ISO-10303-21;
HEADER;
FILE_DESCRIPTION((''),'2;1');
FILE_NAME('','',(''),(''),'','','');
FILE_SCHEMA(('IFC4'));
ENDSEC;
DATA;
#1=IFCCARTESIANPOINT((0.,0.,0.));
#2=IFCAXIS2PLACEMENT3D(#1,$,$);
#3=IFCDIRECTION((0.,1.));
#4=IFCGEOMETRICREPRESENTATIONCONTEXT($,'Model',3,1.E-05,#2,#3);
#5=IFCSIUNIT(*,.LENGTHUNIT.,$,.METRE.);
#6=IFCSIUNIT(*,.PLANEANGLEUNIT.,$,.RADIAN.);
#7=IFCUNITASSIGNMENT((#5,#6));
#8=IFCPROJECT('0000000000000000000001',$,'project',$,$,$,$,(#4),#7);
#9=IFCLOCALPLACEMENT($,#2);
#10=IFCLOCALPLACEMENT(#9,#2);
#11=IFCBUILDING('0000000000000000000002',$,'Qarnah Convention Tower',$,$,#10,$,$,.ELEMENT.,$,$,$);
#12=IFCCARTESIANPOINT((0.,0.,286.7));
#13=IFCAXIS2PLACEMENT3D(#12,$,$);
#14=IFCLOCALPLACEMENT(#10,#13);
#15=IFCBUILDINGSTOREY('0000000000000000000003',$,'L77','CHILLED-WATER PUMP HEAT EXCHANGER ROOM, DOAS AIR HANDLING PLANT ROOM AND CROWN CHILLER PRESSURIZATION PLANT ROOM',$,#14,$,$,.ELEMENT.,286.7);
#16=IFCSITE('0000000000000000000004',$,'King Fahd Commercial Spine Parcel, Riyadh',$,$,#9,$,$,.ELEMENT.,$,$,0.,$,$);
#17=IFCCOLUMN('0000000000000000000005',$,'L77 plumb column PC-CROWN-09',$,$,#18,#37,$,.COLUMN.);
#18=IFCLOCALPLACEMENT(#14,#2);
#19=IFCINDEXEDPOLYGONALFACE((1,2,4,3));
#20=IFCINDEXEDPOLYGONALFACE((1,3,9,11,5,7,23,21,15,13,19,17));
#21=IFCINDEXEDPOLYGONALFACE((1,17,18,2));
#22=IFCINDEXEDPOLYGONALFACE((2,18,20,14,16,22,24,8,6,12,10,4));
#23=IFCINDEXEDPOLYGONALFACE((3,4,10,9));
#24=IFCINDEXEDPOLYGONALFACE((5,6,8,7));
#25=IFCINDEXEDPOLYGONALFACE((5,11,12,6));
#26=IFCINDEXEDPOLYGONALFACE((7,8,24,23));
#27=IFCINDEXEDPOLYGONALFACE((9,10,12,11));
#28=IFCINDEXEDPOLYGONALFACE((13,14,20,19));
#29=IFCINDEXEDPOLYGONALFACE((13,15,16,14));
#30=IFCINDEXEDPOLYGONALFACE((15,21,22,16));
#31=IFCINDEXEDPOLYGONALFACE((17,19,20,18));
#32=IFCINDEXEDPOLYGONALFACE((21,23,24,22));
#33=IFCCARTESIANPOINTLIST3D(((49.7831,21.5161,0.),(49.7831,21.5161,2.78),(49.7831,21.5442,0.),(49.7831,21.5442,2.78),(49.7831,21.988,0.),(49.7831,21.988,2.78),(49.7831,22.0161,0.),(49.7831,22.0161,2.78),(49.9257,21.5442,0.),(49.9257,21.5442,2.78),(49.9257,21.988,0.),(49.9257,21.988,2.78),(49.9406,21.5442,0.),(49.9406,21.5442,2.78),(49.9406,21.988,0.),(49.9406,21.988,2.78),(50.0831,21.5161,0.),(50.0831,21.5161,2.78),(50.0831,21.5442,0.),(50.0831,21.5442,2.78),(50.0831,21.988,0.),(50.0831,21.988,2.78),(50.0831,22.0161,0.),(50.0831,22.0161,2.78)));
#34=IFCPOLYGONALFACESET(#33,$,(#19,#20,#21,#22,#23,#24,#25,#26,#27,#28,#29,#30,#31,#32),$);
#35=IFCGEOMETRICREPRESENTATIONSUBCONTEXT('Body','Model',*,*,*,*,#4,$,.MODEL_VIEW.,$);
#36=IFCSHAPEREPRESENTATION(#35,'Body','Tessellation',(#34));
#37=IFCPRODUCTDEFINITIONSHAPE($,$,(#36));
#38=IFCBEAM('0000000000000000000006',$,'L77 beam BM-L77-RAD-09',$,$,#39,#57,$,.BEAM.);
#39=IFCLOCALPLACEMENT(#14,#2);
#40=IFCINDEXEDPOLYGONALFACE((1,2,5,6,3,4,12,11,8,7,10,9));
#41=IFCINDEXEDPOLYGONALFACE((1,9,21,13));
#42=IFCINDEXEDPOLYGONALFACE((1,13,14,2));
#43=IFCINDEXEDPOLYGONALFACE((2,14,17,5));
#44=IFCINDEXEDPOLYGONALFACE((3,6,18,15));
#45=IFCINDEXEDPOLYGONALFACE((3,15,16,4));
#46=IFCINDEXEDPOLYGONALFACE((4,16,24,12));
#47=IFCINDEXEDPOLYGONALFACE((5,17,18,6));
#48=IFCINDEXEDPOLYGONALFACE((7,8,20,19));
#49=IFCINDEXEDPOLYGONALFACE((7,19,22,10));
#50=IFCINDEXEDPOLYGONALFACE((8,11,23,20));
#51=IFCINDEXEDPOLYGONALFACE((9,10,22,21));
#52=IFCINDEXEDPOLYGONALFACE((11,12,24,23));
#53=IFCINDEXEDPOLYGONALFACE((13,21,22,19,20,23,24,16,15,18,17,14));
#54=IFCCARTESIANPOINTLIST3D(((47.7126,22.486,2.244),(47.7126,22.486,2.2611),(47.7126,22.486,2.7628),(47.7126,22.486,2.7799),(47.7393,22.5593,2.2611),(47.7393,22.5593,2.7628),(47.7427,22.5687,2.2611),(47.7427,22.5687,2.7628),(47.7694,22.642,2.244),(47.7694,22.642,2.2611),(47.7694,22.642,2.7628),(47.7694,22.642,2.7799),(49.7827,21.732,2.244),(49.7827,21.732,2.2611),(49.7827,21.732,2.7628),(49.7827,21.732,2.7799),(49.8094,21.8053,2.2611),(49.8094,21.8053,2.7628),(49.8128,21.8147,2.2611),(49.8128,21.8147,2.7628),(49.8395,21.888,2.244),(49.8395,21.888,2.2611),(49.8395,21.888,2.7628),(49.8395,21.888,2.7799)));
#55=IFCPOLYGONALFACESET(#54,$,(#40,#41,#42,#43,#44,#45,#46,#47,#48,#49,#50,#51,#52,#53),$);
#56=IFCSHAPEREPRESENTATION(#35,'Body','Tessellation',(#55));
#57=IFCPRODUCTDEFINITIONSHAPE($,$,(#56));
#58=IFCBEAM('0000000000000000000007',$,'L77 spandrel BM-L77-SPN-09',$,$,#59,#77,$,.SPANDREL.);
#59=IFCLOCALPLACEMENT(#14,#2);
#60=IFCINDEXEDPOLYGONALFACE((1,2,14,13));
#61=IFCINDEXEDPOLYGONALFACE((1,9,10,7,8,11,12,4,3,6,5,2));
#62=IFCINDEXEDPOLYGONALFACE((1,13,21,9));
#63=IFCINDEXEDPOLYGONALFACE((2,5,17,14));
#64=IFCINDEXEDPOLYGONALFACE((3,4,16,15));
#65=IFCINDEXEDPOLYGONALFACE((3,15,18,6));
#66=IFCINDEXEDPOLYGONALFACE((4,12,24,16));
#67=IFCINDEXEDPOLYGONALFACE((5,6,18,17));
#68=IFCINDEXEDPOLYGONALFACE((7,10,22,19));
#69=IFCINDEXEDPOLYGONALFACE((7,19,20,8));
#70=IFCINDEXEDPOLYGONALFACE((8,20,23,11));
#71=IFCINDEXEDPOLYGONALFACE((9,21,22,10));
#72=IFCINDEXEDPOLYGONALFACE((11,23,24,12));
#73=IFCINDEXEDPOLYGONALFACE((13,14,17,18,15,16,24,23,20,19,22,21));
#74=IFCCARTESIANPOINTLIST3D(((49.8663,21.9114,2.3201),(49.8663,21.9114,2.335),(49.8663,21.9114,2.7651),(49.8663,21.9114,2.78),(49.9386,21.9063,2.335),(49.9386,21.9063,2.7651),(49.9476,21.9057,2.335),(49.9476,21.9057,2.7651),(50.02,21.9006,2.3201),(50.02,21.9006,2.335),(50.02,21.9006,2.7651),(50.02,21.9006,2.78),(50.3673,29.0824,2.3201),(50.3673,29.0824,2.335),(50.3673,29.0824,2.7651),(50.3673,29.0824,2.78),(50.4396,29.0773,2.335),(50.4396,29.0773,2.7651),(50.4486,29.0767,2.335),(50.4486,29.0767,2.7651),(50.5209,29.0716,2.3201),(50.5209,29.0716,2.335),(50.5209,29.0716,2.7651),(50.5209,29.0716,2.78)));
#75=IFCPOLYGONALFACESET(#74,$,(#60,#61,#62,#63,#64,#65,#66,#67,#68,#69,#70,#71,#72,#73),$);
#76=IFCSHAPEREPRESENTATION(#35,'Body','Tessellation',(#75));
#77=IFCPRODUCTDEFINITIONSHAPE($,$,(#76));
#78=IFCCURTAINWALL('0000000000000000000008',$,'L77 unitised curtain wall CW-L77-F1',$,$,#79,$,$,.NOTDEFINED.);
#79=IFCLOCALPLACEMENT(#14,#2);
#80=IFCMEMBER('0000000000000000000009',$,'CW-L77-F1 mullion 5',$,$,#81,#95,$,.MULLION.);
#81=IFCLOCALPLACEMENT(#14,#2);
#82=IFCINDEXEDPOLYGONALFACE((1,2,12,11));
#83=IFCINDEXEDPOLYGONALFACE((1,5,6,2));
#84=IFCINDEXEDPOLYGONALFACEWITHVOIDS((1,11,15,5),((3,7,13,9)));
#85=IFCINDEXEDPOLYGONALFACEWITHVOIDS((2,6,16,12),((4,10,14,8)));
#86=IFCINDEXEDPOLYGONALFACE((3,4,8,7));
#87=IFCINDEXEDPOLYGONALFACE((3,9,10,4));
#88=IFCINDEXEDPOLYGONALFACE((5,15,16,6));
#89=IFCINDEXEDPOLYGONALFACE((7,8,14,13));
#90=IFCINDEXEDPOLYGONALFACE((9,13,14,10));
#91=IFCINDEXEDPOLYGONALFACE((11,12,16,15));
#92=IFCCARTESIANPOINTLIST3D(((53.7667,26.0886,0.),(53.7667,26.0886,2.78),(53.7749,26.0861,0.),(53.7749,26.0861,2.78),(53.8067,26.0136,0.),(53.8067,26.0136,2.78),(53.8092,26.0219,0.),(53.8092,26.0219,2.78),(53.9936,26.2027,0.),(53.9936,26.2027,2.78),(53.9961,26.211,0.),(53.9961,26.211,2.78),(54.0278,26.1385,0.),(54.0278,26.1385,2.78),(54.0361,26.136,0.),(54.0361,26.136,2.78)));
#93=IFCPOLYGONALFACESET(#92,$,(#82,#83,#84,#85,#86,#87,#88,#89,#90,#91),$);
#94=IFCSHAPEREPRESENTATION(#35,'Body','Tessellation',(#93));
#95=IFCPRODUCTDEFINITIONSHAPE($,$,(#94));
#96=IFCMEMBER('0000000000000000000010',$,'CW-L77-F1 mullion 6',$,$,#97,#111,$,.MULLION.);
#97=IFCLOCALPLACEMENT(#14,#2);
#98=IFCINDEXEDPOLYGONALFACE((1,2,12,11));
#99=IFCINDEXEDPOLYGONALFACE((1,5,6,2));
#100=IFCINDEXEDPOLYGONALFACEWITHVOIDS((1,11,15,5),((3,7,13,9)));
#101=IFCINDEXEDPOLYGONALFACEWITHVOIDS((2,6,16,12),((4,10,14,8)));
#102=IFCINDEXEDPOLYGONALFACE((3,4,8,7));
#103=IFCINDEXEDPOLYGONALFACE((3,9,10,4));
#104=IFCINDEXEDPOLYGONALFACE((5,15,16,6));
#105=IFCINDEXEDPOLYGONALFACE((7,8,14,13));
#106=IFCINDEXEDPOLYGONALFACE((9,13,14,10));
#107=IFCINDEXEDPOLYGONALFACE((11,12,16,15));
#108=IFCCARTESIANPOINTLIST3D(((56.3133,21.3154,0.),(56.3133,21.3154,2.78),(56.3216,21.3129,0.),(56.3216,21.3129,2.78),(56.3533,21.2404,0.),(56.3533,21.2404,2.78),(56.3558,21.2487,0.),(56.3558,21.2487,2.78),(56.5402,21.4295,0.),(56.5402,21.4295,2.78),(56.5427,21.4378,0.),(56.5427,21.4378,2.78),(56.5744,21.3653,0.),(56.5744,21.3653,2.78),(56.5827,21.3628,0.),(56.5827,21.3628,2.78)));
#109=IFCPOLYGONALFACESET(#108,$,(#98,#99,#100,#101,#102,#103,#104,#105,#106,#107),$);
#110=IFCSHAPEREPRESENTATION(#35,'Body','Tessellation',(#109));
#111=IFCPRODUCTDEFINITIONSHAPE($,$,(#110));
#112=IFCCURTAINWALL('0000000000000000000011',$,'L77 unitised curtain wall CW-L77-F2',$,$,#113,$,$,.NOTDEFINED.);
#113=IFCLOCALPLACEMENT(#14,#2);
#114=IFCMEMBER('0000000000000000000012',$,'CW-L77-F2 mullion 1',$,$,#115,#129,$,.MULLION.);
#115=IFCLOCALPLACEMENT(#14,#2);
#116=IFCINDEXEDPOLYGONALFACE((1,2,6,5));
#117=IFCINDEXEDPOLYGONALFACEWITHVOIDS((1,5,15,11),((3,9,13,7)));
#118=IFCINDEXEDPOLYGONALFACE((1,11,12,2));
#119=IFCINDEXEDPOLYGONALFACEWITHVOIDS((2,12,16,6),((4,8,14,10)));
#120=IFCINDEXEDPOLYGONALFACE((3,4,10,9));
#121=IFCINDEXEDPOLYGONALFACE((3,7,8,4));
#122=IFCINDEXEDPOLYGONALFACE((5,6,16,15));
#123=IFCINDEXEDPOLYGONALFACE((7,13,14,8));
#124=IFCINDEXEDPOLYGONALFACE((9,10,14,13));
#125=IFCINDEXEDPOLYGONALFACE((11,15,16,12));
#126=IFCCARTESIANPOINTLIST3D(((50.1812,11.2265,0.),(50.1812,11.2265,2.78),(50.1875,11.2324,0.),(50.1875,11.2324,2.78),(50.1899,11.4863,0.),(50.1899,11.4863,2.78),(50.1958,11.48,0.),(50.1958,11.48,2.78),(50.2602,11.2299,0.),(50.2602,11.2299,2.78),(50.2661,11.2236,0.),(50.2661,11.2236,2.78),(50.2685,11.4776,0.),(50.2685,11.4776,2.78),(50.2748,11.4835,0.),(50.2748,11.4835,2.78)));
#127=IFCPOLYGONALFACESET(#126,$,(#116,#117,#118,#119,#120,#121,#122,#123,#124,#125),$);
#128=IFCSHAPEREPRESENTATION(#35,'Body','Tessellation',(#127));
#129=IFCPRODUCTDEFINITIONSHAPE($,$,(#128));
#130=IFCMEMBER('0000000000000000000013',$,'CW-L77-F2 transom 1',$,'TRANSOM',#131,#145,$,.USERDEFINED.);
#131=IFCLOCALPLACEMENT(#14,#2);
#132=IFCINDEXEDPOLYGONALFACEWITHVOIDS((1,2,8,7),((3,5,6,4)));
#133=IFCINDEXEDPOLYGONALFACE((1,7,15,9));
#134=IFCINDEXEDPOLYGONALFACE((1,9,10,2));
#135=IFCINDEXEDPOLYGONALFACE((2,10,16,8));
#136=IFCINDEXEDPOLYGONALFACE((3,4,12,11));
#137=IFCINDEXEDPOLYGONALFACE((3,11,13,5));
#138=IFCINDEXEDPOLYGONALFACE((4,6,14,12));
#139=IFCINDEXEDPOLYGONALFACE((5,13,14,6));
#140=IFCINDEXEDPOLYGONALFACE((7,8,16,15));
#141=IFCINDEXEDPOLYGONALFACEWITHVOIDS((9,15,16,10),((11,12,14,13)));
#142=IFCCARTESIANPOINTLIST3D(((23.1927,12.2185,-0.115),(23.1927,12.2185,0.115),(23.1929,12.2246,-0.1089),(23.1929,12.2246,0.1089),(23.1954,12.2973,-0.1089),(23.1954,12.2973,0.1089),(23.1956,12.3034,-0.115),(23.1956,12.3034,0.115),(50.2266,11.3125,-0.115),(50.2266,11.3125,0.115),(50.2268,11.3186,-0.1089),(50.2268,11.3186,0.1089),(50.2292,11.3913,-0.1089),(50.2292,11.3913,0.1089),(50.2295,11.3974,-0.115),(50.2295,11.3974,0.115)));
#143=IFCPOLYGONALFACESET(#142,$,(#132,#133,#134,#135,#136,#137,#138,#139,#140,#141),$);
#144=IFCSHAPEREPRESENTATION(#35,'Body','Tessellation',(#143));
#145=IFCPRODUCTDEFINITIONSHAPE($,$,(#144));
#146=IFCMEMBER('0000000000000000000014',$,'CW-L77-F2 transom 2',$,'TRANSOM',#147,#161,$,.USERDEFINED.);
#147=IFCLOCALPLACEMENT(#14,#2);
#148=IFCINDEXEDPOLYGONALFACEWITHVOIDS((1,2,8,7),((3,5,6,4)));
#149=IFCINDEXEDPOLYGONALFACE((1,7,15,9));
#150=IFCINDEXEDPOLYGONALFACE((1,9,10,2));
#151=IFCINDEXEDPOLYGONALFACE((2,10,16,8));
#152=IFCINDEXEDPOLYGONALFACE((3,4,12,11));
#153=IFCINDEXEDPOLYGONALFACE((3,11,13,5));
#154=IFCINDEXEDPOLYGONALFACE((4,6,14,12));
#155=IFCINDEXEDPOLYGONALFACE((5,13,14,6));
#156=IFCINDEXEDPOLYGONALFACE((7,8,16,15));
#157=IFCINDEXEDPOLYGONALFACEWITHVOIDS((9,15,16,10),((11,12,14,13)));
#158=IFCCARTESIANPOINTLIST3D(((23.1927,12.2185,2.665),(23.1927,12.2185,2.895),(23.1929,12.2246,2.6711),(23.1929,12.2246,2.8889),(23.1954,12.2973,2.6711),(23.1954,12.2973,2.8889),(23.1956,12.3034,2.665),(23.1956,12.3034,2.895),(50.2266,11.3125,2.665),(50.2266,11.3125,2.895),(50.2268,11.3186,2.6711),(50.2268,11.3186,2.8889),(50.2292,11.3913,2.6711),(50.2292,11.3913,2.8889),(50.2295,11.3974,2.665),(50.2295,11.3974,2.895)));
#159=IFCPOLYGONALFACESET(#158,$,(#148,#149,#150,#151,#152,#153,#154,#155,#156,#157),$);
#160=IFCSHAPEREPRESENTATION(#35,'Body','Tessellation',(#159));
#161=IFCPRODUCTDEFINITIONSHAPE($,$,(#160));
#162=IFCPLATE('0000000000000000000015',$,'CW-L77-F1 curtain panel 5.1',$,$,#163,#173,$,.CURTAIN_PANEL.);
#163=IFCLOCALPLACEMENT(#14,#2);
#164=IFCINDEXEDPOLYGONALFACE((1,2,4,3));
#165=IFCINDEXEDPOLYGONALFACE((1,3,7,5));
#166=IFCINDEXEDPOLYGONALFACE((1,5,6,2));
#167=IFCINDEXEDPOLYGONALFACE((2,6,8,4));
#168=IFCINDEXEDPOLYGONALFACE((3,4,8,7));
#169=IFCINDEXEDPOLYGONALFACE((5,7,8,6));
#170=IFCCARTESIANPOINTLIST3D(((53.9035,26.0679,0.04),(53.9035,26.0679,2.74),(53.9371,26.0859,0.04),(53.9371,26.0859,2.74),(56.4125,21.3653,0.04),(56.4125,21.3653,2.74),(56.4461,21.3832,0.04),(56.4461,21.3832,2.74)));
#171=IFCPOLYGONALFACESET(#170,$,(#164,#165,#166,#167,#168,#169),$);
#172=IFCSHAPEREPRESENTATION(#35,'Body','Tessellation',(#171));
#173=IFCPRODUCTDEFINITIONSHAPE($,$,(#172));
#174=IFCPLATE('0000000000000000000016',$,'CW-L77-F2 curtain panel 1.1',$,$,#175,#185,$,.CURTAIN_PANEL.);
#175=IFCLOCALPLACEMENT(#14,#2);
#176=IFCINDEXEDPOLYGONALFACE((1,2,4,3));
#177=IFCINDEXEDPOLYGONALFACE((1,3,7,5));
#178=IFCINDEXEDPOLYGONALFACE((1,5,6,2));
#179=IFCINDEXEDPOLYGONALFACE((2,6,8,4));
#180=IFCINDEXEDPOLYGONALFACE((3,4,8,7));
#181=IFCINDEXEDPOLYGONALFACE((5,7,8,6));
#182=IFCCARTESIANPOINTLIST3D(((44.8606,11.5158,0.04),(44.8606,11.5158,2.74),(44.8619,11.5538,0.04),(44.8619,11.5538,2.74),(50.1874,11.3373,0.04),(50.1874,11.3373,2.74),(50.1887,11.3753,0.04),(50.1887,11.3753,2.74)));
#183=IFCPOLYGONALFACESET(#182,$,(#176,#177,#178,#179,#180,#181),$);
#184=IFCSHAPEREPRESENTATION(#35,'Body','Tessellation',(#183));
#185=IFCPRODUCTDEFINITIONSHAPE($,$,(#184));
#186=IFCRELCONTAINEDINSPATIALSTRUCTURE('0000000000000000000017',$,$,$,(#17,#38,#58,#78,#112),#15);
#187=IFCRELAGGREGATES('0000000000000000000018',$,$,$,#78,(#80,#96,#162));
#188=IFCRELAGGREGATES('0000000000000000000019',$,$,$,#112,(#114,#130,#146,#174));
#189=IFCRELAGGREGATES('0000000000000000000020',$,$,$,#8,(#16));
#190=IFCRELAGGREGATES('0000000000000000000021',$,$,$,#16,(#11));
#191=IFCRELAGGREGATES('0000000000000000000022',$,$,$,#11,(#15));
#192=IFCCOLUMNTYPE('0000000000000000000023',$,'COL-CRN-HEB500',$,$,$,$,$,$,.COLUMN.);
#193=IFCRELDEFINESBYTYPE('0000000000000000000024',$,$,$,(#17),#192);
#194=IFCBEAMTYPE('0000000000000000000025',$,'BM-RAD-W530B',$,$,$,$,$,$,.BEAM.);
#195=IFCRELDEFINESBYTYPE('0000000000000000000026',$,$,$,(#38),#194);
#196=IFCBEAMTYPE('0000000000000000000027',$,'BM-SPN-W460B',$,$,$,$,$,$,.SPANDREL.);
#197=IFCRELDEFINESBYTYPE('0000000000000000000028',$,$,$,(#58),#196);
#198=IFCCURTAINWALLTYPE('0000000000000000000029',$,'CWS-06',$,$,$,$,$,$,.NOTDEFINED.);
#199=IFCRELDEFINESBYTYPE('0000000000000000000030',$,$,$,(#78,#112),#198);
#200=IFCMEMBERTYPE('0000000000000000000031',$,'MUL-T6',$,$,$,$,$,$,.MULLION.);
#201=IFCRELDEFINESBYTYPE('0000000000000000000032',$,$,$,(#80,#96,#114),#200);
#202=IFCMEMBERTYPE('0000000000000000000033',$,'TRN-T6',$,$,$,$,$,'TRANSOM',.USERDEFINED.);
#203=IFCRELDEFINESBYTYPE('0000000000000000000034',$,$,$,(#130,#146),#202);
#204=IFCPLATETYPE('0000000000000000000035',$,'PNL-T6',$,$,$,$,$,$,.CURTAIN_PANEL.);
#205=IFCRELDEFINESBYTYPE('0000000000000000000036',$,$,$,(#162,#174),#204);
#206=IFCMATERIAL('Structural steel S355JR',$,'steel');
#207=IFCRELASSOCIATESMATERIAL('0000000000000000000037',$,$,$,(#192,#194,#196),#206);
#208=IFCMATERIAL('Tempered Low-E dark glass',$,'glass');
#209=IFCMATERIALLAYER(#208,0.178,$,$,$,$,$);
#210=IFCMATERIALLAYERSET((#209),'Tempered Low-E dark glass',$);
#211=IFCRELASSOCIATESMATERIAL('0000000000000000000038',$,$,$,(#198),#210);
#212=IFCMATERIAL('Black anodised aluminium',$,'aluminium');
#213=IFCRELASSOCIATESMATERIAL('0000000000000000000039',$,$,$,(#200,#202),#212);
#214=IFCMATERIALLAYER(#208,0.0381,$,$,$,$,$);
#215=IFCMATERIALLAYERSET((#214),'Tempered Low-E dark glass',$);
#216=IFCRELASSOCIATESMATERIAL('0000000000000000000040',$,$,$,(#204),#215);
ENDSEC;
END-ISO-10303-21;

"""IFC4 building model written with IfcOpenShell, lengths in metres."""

from ifc_helpers import new_model, si_unit, direction, frame, origin, origin_2d, place, context, subcontext, project, spatial, rectangle, hollow_rectangle, i_section, extrude, material, layer, layer_set, material_profile, profile_set, type_object, element, aggregate, save


model = new_model("IFC4")

# Units and contexts
model_context = context("Model", 3, precision=1e-05, world=origin(), true_north=direction((0.0, 1.0)))
body_context = subcontext(model_context, "Body", "Model", "MODEL_VIEW")
ifc_project = project(units=[si_unit("LENGTHUNIT", "METRE"), si_unit("PLANEANGLEUNIT", "RADIAN")], contexts=[model_context])

# Site, building, storey
site_placement = place(None, origin())
site = spatial("IfcSite", under=ifc_project, at=site_placement, Name="King Fahd Commercial Spine Parcel, Riyadh", CompositionType="ELEMENT", RefElevation=0.0)
building_placement = place(site_placement, origin())
building = spatial("IfcBuilding", under=site, at=building_placement, Name="Qarnah Convention Tower", CompositionType="ELEMENT")
storey_placement = place(building_placement, frame((0.0, 0.0, 286.7)))
storey = spatial("IfcBuildingStorey", under=building, at=storey_placement, Name="L77", Description="CHILLED-WATER PUMP HEAT EXCHANGER ROOM, DOAS AIR HANDLING PLANT ROOM AND CROWN CHILLER PRESSURIZATION PLANT ROOM", CompositionType="ELEMENT", Elevation=286.7)

# Column
ifc_material_1 = material(Name="Structural steel S355JR", Category="steel")
ifc_material_profile_1 = material_profile(ifc_material_1, i_section(OverallWidth=0.3, OverallDepth=0.5, WebThickness=0.0149, FlangeThickness=0.0281, at=origin_2d()), Name="HEB500")
ifc_profile_set_1 = profile_set([ifc_material_profile_1], Name="Structural steel S355JR")
column_type = type_object("IfcColumnType", Name="COL-CRN-HEB500", PredefinedType="COLUMN", material=ifc_profile_set_1)
column_placement = place(storey_placement, frame((49.9331, 21.7661, 0.0), z_axis=(0.0, 0.0, 1.0), x_axis=(1.0, 0.0, 0.0)))
element("IfcColumn", 1, at=column_placement, inside=storey, type_object=column_type, Name="L77 plumb column PC-CROWN-09", PredefinedType="COLUMN", context=body_context, shape_type="SweptSolid", body=[
    extrude(i_section(OverallWidth=0.3, OverallDepth=0.5, WebThickness=0.0149, FlangeThickness=0.0281, at=origin_2d()), origin(), (0.0, 0.0, 1.0), 2.78),
])

# Beams
ifc_material_profile_2 = material_profile(ifc_material_1, i_section(OverallWidth=0.166, OverallDepth=0.5359, WebThickness=0.01, FlangeThickness=0.0171, at=origin_2d()), Name="W530X85")
ifc_profile_set_2 = profile_set([ifc_material_profile_2], Name="Structural steel S355JR")
beam_type_1 = type_object("IfcBeamType", Name="BM-RAD-W530B", PredefinedType="BEAM", material=ifc_profile_set_2)
beam_1_placement = place(storey_placement, frame((47.741, 22.564, 2.512), z_axis=(0.939625, -0.342206, 0.0), x_axis=(0.342206, 0.939625, 0.0)))
element("IfcBeam", 2, at=beam_1_placement, inside=storey, type_object=beam_type_1, Name="L77 beam BM-L77-RAD-09", PredefinedType="BEAM", context=body_context, shape_type="SweptSolid", body=[
    extrude(i_section(OverallWidth=0.166, OverallDepth=0.5359, WebThickness=0.01, FlangeThickness=0.0171, at=origin_2d()), origin(), (0.0, 0.0, 1.0), 2.2031),
])
ifc_material_profile_3 = material_profile(ifc_material_1, i_section(OverallWidth=0.1541, OverallDepth=0.46, WebThickness=0.009, FlangeThickness=0.0149, at=origin_2d()), Name="W460X68")
ifc_profile_set_3 = profile_set([ifc_material_profile_3], Name="Structural steel S355JR")
beam_type_2 = type_object("IfcBeamType", Name="BM-SPN-W460B", PredefinedType="SPANDREL", material=ifc_profile_set_3)
beam_2_placement = place(storey_placement, frame((49.9431, 21.906, 2.55), z_axis=(0.069693, 0.997569, 0.0), x_axis=(-0.997569, 0.069693, 0.0)))
element("IfcBeam", 3, at=beam_2_placement, inside=storey, type_object=beam_type_2, Name="L77 spandrel BM-L77-SPN-09", PredefinedType="SPANDREL", context=body_context, shape_type="SweptSolid", body=[
    extrude(i_section(OverallWidth=0.1541, OverallDepth=0.46, WebThickness=0.009, FlangeThickness=0.0149, at=origin_2d()), origin(), (0.0, 0.0, 1.0), 7.1885),
])

# Curtain walls, members
ifc_material_2 = material(Name="Tempered Low-E dark glass", Category="glass")
ifc_layer_1 = layer(ifc_material_2, 0.178)
ifc_layer_set_1 = layer_set([ifc_layer_1], Name="Tempered Low-E dark glass")
curtain_wall_type = type_object("IfcCurtainWallType", Name="CWS-06", PredefinedType="NOTDEFINED", material=ifc_layer_set_1)
curtain_wall_1_placement = place(storey_placement, origin())
curtain_wall_1 = element("IfcCurtainWall", 4, at=curtain_wall_1_placement, inside=storey, type_object=curtain_wall_type, Name="L77 unitised curtain wall CW-L77-F1", PredefinedType="NOTDEFINED")
ifc_material_3 = material(Name="Black anodised aluminium", Category="aluminium")
ifc_material_profile_4 = material_profile(ifc_material_3, hollow_rectangle(XDim=0.085, YDim=0.26, WallThickness=0.0061, at=origin_2d()), Name="MUL-85X260")
ifc_profile_set_4 = profile_set([ifc_material_profile_4], Name="Black anodised aluminium")
member_type_1 = type_object("IfcMemberType", Name="MUL-T6", PredefinedType="MULLION", material=ifc_profile_set_4)
member_1_placement = place(storey_placement, frame((53.9014, 26.1123, 0.0), z_axis=(0.0, 0.0, 1.0), x_axis=(0.470717, -0.882284, 0.0)))
member_1 = element("IfcMember", 5, at=member_1_placement, type_object=member_type_1, Name="CW-L77-F1 mullion 5", PredefinedType="MULLION", context=body_context, shape_type="SweptSolid", body=[
    extrude(hollow_rectangle(XDim=0.085, YDim=0.26, WallThickness=0.0061, at=origin_2d()), origin(), (0.0, 0.0, 1.0), 2.78),
])
member_2_placement = place(storey_placement, frame((56.448, 21.3391, 0.0), z_axis=(0.0, 0.0, 1.0), x_axis=(0.470717, -0.882284, 0.0)))
member_2 = element("IfcMember", 6, at=member_2_placement, type_object=member_type_1, Name="CW-L77-F1 mullion 6", PredefinedType="MULLION", context=body_context, shape_type="SweptSolid", body=[
    extrude(hollow_rectangle(XDim=0.085, YDim=0.26, WallThickness=0.0061, at=origin_2d()), origin(), (0.0, 0.0, 1.0), 2.78),
])
curtain_wall_2_placement = place(storey_placement, origin())
curtain_wall_2 = element("IfcCurtainWall", 7, at=curtain_wall_2_placement, inside=storey, type_object=curtain_wall_type, Name="L77 unitised curtain wall CW-L77-F2", PredefinedType="NOTDEFINED")
member_3_placement = place(storey_placement, frame((50.228, 11.355, 0.0), z_axis=(0.0, 0.0, 1.0), x_axis=(-0.999439, 0.033495, 0.0)))
member_3 = element("IfcMember", 8, at=member_3_placement, type_object=member_type_1, Name="CW-L77-F2 mullion 1", PredefinedType="MULLION", context=body_context, shape_type="SweptSolid", body=[
    extrude(hollow_rectangle(XDim=0.085, YDim=0.26, WallThickness=0.0061, at=origin_2d()), origin(), (0.0, 0.0, 1.0), 2.78),
])
ifc_material_profile_5 = material_profile(ifc_material_3, hollow_rectangle(XDim=0.085, YDim=0.23, WallThickness=0.0061, at=origin_2d()), Name="TRN-85X230")
ifc_profile_set_5 = profile_set([ifc_material_profile_5], Name="Black anodised aluminium")
member_type_2 = type_object("IfcMemberType", Name="TRN-T6", ElementType="TRANSOM", PredefinedType="USERDEFINED", material=ifc_profile_set_5)
member_4_placement = place(storey_placement, frame((50.228, 11.355, 0.0), z_axis=(-0.999439, 0.033495, 0.0), x_axis=(-0.033495, -0.999439, 0.0)))
member_4 = element("IfcMember", 9, at=member_4_placement, type_object=member_type_2, Name="CW-L77-F2 transom 1", ObjectType="TRANSOM", PredefinedType="USERDEFINED", context=body_context, shape_type="SweptSolid", body=[
    extrude(hollow_rectangle(XDim=0.085, YDim=0.23, WallThickness=0.0061, at=origin_2d()), origin(), (0.0, 0.0, 1.0), 27.0491),
])
member_5_placement = place(storey_placement, frame((50.228, 11.355, 2.78), z_axis=(-0.999439, 0.033495, 0.0), x_axis=(-0.033495, -0.999439, 0.0)))
member_5 = element("IfcMember", 10, at=member_5_placement, type_object=member_type_2, Name="CW-L77-F2 transom 2", ObjectType="TRANSOM", PredefinedType="USERDEFINED", context=body_context, shape_type="SweptSolid", body=[
    extrude(hollow_rectangle(XDim=0.085, YDim=0.23, WallThickness=0.0061, at=origin_2d()), origin(), (0.0, 0.0, 1.0), 27.0491),
])

# Plates
ifc_layer_2 = layer(ifc_material_2, 0.0381)
ifc_layer_set_2 = layer_set([ifc_layer_2], Name="Tempered Low-E dark glass")
plate_type_1 = type_object("IfcPlateType", Name="PNL-T6", PredefinedType="CURTAIN_PANEL", material=ifc_layer_set_2)
plate_1_placement = place(storey_placement, frame((55.1748, 23.7256, 0.04), z_axis=(0.0, 0.0, 1.0), x_axis=(0.470717, -0.882284, 0.0)))
plate_1 = element("IfcPlate", 11, at=plate_1_placement, type_object=plate_type_1, Name="CW-L77-F1 curtain panel 5.1", PredefinedType="CURTAIN_PANEL", context=body_context, shape_type="SweptSolid", body=[
    extrude(rectangle(XDim=5.3301, YDim=0.0381, at=origin_2d()), origin(), (0.0, 0.0, 1.0), 2.7),
])
aggregate(curtain_wall_1, [member_1, member_2, plate_1])
plate_2_placement = place(storey_placement, frame((47.5247, 11.4456, 0.04), z_axis=(0.0, 0.0, 1.0), x_axis=(-0.999439, 0.033495, 0.0)))
plate_2 = element("IfcPlate", 12, at=plate_2_placement, type_object=plate_type_1, Name="CW-L77-F2 curtain panel 1.1", PredefinedType="CURTAIN_PANEL", context=body_context, shape_type="SweptSolid", body=[
    extrude(rectangle(XDim=5.3298, YDim=0.0381, at=origin_2d()), origin(), (0.0, 0.0, 1.0), 2.7),
])
aggregate(curtain_wall_2, [member_3, member_4, member_5, plate_2])

save(model, "model.ifc")
